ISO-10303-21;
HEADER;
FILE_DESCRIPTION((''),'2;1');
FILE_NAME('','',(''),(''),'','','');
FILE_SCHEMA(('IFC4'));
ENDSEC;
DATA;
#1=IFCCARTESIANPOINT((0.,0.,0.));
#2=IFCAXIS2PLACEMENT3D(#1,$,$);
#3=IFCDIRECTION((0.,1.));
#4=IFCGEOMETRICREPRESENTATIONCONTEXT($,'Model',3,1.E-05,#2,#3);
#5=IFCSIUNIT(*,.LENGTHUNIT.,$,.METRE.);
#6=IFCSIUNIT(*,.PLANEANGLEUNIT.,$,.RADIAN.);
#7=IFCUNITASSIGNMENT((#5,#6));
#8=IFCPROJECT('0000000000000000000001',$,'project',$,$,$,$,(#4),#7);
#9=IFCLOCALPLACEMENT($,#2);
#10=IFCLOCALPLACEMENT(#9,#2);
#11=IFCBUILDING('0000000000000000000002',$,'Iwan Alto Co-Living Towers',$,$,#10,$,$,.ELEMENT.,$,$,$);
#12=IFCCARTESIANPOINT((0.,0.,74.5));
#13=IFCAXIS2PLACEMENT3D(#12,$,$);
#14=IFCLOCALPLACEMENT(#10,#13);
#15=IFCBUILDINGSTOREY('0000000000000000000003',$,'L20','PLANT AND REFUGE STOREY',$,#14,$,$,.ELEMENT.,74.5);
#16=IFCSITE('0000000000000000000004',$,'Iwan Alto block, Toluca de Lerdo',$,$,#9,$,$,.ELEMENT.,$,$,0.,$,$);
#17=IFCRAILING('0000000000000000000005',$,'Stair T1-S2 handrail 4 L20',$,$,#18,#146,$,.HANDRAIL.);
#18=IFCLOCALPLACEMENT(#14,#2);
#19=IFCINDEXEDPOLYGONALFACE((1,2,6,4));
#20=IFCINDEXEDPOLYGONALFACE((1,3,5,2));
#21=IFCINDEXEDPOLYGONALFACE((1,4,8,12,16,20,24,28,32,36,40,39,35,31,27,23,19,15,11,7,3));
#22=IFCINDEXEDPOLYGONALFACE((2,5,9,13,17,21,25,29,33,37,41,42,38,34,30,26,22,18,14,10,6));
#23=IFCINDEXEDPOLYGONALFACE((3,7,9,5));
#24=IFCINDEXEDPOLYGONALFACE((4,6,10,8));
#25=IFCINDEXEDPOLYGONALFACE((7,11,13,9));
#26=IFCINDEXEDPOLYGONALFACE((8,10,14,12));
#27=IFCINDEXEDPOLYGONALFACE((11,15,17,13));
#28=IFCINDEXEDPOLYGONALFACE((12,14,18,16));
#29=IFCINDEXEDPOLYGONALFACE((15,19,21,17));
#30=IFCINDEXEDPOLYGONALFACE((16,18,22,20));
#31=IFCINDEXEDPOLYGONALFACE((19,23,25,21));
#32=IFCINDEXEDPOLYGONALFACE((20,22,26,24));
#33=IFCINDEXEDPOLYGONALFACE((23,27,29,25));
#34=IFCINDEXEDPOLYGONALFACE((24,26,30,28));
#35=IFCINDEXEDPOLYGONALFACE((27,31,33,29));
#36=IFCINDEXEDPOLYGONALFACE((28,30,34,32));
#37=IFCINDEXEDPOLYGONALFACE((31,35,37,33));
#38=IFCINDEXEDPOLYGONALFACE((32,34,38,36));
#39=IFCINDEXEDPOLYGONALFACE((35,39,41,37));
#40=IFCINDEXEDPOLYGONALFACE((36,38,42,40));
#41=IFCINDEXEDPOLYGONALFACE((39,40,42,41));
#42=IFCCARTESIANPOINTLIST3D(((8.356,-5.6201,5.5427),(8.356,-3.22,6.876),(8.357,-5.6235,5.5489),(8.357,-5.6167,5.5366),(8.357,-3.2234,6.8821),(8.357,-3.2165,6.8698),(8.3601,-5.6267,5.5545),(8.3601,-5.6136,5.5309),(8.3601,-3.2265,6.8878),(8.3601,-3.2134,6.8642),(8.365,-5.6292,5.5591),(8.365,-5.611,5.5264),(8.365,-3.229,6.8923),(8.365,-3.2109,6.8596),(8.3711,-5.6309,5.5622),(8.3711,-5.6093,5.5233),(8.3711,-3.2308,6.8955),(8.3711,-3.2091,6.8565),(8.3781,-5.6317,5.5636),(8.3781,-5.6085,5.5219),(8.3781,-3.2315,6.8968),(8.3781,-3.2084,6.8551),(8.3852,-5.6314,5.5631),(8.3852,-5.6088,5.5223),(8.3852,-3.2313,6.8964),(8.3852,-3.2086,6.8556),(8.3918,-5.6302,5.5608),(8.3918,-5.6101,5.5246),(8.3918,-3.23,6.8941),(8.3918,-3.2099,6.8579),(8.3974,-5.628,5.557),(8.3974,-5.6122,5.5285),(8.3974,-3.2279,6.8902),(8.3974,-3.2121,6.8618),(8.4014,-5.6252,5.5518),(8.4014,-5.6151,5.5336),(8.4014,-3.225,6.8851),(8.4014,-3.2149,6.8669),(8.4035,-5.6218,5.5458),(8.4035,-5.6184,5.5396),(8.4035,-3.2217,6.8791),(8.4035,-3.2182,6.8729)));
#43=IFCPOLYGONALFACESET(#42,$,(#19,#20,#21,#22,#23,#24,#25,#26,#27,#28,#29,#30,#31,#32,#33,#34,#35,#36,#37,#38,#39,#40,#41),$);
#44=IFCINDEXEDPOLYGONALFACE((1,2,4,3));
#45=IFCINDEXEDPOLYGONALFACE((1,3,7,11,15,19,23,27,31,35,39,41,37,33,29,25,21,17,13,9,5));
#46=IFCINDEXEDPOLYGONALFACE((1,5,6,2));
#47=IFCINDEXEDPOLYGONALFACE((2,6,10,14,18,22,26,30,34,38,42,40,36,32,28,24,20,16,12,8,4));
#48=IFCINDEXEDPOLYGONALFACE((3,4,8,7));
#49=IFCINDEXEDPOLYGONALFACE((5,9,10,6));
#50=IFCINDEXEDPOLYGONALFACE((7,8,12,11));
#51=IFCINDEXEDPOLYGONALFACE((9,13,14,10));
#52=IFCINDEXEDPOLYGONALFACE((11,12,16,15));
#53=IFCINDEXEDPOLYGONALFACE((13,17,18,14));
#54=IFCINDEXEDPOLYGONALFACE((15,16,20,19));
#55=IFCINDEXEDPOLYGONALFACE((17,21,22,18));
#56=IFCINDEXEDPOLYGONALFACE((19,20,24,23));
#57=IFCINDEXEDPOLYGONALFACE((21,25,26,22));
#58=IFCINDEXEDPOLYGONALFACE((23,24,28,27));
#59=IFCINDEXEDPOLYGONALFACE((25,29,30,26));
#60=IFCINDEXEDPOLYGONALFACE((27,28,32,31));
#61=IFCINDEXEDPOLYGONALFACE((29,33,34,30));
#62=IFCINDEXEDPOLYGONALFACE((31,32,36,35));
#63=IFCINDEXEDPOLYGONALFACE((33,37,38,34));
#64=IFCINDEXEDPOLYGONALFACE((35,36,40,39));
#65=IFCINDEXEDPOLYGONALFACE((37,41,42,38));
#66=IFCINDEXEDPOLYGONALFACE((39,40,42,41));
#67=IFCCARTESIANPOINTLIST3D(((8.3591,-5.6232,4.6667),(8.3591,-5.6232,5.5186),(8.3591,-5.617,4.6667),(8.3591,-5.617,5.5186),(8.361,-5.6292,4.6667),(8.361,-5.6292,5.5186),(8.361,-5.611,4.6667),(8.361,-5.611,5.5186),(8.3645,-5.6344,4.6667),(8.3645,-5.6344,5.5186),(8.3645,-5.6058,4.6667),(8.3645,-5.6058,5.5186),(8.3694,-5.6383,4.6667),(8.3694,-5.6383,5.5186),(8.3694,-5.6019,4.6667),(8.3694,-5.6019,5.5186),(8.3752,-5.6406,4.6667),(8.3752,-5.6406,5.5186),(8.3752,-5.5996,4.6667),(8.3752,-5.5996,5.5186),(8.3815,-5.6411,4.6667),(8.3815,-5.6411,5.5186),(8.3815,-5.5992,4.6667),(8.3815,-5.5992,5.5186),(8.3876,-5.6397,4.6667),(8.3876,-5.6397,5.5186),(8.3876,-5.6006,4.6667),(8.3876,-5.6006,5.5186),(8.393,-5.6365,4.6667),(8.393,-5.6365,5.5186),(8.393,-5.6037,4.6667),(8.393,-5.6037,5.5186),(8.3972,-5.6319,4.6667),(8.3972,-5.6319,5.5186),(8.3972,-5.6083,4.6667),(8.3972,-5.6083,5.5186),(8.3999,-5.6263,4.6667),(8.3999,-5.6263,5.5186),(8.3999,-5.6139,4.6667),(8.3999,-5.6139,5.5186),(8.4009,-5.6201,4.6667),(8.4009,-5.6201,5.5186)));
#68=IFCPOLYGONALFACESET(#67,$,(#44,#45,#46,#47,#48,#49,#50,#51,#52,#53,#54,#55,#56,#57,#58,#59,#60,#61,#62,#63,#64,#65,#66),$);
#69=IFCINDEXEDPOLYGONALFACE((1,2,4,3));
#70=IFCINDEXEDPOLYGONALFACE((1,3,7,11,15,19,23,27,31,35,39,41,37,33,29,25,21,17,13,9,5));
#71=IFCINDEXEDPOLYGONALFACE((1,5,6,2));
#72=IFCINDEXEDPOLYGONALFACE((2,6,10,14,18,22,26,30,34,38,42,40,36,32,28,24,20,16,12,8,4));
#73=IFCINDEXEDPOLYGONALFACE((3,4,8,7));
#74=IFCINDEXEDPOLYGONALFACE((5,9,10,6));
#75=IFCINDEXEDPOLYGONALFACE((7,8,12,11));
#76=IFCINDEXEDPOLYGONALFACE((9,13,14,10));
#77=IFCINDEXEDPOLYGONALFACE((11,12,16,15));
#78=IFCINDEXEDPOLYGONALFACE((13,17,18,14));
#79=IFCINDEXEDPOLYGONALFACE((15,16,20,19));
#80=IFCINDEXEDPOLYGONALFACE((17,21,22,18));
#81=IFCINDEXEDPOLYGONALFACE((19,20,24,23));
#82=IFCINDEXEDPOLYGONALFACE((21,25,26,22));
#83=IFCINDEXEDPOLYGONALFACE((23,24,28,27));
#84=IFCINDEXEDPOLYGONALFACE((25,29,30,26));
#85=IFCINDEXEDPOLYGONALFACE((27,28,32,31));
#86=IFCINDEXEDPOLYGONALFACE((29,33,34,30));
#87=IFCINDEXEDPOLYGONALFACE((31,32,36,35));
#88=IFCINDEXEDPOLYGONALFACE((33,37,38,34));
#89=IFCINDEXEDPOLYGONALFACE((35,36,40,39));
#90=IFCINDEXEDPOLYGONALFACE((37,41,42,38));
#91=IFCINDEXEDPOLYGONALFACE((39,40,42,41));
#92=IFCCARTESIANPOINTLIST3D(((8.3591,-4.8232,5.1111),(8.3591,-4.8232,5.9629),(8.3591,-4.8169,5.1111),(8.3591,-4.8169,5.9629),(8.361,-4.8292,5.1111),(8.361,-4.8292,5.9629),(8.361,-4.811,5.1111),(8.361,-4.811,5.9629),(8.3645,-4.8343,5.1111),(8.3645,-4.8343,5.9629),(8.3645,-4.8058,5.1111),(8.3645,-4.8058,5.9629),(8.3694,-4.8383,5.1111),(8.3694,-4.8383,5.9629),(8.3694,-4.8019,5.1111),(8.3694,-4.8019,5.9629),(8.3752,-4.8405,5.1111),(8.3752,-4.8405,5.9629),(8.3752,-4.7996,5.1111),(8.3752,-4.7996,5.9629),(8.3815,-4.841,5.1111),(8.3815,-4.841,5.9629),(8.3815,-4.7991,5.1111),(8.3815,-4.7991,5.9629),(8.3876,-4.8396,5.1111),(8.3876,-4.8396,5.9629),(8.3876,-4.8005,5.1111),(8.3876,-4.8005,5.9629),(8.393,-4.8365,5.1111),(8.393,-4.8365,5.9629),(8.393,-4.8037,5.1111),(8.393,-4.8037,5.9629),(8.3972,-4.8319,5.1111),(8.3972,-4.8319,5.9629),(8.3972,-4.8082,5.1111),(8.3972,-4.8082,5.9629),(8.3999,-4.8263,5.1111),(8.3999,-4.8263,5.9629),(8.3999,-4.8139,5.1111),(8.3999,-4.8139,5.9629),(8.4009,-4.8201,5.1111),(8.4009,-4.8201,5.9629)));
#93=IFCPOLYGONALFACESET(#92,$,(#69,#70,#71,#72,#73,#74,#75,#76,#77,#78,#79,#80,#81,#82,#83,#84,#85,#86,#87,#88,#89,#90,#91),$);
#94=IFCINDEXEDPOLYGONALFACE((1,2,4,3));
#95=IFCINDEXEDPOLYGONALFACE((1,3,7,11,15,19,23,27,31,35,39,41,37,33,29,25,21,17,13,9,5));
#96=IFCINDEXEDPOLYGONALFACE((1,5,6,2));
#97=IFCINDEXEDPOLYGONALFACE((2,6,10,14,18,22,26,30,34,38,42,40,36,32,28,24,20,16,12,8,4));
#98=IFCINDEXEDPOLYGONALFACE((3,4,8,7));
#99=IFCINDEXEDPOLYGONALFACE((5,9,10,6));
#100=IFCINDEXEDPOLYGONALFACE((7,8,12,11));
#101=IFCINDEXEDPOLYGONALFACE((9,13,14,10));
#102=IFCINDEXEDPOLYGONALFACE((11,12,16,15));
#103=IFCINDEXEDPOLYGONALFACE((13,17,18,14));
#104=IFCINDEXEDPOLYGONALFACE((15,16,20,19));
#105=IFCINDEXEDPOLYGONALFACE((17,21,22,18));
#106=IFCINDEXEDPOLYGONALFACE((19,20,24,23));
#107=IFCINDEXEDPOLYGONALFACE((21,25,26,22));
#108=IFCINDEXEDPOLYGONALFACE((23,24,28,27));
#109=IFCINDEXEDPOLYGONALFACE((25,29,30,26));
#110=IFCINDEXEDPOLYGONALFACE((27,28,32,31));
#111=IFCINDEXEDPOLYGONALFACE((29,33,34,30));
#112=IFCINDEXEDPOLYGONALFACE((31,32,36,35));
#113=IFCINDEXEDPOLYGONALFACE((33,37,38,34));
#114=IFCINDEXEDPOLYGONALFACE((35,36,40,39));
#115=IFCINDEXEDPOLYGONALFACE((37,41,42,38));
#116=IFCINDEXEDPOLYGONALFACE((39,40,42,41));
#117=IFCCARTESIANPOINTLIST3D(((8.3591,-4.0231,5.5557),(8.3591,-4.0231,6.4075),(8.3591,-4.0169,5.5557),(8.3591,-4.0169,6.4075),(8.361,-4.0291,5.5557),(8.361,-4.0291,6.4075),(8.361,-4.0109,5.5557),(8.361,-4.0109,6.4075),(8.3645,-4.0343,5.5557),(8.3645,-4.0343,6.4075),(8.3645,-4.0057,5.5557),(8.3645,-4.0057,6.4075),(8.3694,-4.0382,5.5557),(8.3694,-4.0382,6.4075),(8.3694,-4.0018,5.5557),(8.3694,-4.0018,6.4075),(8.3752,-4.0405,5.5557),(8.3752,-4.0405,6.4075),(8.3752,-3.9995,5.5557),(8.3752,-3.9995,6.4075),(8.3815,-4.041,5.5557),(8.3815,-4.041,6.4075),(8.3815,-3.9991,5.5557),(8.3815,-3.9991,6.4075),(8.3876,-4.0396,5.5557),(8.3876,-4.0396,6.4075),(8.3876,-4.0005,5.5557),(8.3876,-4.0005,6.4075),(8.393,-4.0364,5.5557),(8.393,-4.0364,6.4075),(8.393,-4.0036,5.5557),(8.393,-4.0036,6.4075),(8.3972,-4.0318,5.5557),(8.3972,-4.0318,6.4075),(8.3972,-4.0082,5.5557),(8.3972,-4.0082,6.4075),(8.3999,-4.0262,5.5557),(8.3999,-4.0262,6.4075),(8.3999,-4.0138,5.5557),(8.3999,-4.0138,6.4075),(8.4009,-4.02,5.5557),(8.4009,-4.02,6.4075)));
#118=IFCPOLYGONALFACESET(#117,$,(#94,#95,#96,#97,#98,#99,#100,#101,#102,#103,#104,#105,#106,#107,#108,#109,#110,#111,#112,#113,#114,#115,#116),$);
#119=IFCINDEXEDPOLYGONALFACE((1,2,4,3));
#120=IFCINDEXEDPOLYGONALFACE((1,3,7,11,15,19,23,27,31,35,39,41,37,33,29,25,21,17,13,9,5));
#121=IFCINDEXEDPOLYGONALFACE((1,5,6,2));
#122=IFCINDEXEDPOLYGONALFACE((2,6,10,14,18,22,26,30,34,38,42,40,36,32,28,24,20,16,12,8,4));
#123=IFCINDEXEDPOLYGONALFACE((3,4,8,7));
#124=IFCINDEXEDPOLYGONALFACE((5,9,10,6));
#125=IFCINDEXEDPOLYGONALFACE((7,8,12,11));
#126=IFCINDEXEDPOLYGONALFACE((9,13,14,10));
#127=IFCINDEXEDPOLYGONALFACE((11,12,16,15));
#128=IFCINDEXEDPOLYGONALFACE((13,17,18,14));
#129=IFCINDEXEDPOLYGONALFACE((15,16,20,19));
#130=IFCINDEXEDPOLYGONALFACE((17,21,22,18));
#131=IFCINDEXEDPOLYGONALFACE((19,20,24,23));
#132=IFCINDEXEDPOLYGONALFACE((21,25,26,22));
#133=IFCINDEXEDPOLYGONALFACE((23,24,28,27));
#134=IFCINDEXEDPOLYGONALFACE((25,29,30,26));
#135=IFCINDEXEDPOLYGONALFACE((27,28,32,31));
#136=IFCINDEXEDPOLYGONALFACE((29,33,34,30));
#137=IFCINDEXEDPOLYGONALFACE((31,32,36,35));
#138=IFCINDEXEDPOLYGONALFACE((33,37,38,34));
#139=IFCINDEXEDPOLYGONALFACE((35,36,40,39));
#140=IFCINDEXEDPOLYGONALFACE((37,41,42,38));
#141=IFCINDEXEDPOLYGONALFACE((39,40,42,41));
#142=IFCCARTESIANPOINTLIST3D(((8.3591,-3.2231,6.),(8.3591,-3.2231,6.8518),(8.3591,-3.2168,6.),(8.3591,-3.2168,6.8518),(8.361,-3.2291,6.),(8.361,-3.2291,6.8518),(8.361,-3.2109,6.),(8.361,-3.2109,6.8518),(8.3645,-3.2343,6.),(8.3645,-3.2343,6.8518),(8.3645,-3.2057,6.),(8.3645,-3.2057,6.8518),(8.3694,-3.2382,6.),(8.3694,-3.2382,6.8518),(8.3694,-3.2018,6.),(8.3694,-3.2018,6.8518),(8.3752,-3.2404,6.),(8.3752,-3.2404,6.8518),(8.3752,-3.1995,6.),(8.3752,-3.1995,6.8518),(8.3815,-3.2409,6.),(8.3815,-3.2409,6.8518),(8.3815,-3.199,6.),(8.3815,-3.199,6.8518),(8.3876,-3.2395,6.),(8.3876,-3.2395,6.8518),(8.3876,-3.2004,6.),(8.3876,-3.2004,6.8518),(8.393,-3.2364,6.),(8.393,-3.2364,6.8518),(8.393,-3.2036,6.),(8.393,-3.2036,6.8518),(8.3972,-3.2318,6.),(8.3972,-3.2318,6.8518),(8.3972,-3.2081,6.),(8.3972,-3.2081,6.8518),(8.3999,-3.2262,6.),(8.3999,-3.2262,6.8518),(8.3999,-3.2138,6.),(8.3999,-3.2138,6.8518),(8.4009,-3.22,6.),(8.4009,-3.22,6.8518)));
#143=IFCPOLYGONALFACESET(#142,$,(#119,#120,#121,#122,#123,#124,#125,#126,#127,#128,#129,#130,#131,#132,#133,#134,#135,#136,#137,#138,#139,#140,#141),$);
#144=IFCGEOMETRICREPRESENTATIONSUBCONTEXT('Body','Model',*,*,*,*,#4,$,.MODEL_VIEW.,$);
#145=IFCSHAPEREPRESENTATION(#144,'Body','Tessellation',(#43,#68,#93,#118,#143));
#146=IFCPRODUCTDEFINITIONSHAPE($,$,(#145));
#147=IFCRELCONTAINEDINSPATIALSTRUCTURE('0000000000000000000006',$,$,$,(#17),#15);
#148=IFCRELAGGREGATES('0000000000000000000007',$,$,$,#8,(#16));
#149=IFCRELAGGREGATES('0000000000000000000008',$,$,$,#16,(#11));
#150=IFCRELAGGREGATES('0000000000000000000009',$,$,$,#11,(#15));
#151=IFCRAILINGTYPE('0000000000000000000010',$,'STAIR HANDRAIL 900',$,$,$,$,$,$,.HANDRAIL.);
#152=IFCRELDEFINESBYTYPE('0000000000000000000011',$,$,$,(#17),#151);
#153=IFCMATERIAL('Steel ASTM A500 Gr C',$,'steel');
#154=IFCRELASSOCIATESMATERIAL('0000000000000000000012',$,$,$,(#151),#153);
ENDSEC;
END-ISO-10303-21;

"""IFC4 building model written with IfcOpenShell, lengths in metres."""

from ifc_helpers import new_model, si_unit, direction, frame, origin, origin_2d, place, context, subcontext, project, spatial, circle, extrude, material, type_object, element, save


model = new_model("IFC4")

# Units and contexts
model_context = context("Model", 3, precision=1e-05, world=origin(), true_north=direction((0.0, 1.0)))
body_context = subcontext(model_context, "Body", "Model", "MODEL_VIEW")
ifc_project = project(units=[si_unit("LENGTHUNIT", "METRE"), si_unit("PLANEANGLEUNIT", "RADIAN")], contexts=[model_context])

# Site, building, storey
site_placement = place(None, origin())
site = spatial("IfcSite", under=ifc_project, at=site_placement, Name="Iwan Alto block, Toluca de Lerdo", CompositionType="ELEMENT", RefElevation=0.0)
building_placement = place(site_placement, origin())
building = spatial("IfcBuilding", under=site, at=building_placement, Name="Iwan Alto Co-Living Towers", CompositionType="ELEMENT")
storey_placement = place(building_placement, frame((0.0, 0.0, 74.5)))
storey = spatial("IfcBuildingStorey", under=building, at=storey_placement, Name="L20", Description="PLANT AND REFUGE STOREY", CompositionType="ELEMENT", Elevation=74.5)

# Railing
ifc_material_1 = material(Name="Steel ASTM A500 Gr C", Category="steel")
railing_type_1 = type_object("IfcRailingType", Name="STAIR HANDRAIL 900", PredefinedType="HANDRAIL", material=ifc_material_1)
railing_1_placement = place(storey_placement, frame((8.3799, -5.6201, 4.6667)))
element("IfcRailing", 1, at=railing_1_placement, inside=storey, type_object=railing_type_1, Name="Stair T1-S2 handrail 4 L20", PredefinedType="HANDRAIL", context=body_context, shape_type="SweptSolid", body=[
    extrude(circle(Radius=0.0239, at=origin_2d()), frame((0.0, 0.0, 0.876), z_axis=(0.0, 0.874182, 0.485598), x_axis=(-1.0, 0.0, 0.0)), (0.0, 0.0, 1.0), 2.7456),
    extrude(circle(Radius=0.021, at=origin_2d()), origin(), (0.0, 0.0, 1.0), 0.8518),
    extrude(circle(Radius=0.021, at=origin_2d()), frame((0.0, 0.8, 0.4443)), (0.0, 0.0, 1.0), 0.8518),
    extrude(circle(Radius=0.021, at=origin_2d()), frame((0.0, 1.6001, 0.8889)), (0.0, 0.0, 1.0), 0.8518),
    extrude(circle(Radius=0.021, at=origin_2d()), frame((0.0, 2.4001, 1.3333)), (0.0, 0.0, 1.0), 0.8518),
])

save(model, "model.ifc")
